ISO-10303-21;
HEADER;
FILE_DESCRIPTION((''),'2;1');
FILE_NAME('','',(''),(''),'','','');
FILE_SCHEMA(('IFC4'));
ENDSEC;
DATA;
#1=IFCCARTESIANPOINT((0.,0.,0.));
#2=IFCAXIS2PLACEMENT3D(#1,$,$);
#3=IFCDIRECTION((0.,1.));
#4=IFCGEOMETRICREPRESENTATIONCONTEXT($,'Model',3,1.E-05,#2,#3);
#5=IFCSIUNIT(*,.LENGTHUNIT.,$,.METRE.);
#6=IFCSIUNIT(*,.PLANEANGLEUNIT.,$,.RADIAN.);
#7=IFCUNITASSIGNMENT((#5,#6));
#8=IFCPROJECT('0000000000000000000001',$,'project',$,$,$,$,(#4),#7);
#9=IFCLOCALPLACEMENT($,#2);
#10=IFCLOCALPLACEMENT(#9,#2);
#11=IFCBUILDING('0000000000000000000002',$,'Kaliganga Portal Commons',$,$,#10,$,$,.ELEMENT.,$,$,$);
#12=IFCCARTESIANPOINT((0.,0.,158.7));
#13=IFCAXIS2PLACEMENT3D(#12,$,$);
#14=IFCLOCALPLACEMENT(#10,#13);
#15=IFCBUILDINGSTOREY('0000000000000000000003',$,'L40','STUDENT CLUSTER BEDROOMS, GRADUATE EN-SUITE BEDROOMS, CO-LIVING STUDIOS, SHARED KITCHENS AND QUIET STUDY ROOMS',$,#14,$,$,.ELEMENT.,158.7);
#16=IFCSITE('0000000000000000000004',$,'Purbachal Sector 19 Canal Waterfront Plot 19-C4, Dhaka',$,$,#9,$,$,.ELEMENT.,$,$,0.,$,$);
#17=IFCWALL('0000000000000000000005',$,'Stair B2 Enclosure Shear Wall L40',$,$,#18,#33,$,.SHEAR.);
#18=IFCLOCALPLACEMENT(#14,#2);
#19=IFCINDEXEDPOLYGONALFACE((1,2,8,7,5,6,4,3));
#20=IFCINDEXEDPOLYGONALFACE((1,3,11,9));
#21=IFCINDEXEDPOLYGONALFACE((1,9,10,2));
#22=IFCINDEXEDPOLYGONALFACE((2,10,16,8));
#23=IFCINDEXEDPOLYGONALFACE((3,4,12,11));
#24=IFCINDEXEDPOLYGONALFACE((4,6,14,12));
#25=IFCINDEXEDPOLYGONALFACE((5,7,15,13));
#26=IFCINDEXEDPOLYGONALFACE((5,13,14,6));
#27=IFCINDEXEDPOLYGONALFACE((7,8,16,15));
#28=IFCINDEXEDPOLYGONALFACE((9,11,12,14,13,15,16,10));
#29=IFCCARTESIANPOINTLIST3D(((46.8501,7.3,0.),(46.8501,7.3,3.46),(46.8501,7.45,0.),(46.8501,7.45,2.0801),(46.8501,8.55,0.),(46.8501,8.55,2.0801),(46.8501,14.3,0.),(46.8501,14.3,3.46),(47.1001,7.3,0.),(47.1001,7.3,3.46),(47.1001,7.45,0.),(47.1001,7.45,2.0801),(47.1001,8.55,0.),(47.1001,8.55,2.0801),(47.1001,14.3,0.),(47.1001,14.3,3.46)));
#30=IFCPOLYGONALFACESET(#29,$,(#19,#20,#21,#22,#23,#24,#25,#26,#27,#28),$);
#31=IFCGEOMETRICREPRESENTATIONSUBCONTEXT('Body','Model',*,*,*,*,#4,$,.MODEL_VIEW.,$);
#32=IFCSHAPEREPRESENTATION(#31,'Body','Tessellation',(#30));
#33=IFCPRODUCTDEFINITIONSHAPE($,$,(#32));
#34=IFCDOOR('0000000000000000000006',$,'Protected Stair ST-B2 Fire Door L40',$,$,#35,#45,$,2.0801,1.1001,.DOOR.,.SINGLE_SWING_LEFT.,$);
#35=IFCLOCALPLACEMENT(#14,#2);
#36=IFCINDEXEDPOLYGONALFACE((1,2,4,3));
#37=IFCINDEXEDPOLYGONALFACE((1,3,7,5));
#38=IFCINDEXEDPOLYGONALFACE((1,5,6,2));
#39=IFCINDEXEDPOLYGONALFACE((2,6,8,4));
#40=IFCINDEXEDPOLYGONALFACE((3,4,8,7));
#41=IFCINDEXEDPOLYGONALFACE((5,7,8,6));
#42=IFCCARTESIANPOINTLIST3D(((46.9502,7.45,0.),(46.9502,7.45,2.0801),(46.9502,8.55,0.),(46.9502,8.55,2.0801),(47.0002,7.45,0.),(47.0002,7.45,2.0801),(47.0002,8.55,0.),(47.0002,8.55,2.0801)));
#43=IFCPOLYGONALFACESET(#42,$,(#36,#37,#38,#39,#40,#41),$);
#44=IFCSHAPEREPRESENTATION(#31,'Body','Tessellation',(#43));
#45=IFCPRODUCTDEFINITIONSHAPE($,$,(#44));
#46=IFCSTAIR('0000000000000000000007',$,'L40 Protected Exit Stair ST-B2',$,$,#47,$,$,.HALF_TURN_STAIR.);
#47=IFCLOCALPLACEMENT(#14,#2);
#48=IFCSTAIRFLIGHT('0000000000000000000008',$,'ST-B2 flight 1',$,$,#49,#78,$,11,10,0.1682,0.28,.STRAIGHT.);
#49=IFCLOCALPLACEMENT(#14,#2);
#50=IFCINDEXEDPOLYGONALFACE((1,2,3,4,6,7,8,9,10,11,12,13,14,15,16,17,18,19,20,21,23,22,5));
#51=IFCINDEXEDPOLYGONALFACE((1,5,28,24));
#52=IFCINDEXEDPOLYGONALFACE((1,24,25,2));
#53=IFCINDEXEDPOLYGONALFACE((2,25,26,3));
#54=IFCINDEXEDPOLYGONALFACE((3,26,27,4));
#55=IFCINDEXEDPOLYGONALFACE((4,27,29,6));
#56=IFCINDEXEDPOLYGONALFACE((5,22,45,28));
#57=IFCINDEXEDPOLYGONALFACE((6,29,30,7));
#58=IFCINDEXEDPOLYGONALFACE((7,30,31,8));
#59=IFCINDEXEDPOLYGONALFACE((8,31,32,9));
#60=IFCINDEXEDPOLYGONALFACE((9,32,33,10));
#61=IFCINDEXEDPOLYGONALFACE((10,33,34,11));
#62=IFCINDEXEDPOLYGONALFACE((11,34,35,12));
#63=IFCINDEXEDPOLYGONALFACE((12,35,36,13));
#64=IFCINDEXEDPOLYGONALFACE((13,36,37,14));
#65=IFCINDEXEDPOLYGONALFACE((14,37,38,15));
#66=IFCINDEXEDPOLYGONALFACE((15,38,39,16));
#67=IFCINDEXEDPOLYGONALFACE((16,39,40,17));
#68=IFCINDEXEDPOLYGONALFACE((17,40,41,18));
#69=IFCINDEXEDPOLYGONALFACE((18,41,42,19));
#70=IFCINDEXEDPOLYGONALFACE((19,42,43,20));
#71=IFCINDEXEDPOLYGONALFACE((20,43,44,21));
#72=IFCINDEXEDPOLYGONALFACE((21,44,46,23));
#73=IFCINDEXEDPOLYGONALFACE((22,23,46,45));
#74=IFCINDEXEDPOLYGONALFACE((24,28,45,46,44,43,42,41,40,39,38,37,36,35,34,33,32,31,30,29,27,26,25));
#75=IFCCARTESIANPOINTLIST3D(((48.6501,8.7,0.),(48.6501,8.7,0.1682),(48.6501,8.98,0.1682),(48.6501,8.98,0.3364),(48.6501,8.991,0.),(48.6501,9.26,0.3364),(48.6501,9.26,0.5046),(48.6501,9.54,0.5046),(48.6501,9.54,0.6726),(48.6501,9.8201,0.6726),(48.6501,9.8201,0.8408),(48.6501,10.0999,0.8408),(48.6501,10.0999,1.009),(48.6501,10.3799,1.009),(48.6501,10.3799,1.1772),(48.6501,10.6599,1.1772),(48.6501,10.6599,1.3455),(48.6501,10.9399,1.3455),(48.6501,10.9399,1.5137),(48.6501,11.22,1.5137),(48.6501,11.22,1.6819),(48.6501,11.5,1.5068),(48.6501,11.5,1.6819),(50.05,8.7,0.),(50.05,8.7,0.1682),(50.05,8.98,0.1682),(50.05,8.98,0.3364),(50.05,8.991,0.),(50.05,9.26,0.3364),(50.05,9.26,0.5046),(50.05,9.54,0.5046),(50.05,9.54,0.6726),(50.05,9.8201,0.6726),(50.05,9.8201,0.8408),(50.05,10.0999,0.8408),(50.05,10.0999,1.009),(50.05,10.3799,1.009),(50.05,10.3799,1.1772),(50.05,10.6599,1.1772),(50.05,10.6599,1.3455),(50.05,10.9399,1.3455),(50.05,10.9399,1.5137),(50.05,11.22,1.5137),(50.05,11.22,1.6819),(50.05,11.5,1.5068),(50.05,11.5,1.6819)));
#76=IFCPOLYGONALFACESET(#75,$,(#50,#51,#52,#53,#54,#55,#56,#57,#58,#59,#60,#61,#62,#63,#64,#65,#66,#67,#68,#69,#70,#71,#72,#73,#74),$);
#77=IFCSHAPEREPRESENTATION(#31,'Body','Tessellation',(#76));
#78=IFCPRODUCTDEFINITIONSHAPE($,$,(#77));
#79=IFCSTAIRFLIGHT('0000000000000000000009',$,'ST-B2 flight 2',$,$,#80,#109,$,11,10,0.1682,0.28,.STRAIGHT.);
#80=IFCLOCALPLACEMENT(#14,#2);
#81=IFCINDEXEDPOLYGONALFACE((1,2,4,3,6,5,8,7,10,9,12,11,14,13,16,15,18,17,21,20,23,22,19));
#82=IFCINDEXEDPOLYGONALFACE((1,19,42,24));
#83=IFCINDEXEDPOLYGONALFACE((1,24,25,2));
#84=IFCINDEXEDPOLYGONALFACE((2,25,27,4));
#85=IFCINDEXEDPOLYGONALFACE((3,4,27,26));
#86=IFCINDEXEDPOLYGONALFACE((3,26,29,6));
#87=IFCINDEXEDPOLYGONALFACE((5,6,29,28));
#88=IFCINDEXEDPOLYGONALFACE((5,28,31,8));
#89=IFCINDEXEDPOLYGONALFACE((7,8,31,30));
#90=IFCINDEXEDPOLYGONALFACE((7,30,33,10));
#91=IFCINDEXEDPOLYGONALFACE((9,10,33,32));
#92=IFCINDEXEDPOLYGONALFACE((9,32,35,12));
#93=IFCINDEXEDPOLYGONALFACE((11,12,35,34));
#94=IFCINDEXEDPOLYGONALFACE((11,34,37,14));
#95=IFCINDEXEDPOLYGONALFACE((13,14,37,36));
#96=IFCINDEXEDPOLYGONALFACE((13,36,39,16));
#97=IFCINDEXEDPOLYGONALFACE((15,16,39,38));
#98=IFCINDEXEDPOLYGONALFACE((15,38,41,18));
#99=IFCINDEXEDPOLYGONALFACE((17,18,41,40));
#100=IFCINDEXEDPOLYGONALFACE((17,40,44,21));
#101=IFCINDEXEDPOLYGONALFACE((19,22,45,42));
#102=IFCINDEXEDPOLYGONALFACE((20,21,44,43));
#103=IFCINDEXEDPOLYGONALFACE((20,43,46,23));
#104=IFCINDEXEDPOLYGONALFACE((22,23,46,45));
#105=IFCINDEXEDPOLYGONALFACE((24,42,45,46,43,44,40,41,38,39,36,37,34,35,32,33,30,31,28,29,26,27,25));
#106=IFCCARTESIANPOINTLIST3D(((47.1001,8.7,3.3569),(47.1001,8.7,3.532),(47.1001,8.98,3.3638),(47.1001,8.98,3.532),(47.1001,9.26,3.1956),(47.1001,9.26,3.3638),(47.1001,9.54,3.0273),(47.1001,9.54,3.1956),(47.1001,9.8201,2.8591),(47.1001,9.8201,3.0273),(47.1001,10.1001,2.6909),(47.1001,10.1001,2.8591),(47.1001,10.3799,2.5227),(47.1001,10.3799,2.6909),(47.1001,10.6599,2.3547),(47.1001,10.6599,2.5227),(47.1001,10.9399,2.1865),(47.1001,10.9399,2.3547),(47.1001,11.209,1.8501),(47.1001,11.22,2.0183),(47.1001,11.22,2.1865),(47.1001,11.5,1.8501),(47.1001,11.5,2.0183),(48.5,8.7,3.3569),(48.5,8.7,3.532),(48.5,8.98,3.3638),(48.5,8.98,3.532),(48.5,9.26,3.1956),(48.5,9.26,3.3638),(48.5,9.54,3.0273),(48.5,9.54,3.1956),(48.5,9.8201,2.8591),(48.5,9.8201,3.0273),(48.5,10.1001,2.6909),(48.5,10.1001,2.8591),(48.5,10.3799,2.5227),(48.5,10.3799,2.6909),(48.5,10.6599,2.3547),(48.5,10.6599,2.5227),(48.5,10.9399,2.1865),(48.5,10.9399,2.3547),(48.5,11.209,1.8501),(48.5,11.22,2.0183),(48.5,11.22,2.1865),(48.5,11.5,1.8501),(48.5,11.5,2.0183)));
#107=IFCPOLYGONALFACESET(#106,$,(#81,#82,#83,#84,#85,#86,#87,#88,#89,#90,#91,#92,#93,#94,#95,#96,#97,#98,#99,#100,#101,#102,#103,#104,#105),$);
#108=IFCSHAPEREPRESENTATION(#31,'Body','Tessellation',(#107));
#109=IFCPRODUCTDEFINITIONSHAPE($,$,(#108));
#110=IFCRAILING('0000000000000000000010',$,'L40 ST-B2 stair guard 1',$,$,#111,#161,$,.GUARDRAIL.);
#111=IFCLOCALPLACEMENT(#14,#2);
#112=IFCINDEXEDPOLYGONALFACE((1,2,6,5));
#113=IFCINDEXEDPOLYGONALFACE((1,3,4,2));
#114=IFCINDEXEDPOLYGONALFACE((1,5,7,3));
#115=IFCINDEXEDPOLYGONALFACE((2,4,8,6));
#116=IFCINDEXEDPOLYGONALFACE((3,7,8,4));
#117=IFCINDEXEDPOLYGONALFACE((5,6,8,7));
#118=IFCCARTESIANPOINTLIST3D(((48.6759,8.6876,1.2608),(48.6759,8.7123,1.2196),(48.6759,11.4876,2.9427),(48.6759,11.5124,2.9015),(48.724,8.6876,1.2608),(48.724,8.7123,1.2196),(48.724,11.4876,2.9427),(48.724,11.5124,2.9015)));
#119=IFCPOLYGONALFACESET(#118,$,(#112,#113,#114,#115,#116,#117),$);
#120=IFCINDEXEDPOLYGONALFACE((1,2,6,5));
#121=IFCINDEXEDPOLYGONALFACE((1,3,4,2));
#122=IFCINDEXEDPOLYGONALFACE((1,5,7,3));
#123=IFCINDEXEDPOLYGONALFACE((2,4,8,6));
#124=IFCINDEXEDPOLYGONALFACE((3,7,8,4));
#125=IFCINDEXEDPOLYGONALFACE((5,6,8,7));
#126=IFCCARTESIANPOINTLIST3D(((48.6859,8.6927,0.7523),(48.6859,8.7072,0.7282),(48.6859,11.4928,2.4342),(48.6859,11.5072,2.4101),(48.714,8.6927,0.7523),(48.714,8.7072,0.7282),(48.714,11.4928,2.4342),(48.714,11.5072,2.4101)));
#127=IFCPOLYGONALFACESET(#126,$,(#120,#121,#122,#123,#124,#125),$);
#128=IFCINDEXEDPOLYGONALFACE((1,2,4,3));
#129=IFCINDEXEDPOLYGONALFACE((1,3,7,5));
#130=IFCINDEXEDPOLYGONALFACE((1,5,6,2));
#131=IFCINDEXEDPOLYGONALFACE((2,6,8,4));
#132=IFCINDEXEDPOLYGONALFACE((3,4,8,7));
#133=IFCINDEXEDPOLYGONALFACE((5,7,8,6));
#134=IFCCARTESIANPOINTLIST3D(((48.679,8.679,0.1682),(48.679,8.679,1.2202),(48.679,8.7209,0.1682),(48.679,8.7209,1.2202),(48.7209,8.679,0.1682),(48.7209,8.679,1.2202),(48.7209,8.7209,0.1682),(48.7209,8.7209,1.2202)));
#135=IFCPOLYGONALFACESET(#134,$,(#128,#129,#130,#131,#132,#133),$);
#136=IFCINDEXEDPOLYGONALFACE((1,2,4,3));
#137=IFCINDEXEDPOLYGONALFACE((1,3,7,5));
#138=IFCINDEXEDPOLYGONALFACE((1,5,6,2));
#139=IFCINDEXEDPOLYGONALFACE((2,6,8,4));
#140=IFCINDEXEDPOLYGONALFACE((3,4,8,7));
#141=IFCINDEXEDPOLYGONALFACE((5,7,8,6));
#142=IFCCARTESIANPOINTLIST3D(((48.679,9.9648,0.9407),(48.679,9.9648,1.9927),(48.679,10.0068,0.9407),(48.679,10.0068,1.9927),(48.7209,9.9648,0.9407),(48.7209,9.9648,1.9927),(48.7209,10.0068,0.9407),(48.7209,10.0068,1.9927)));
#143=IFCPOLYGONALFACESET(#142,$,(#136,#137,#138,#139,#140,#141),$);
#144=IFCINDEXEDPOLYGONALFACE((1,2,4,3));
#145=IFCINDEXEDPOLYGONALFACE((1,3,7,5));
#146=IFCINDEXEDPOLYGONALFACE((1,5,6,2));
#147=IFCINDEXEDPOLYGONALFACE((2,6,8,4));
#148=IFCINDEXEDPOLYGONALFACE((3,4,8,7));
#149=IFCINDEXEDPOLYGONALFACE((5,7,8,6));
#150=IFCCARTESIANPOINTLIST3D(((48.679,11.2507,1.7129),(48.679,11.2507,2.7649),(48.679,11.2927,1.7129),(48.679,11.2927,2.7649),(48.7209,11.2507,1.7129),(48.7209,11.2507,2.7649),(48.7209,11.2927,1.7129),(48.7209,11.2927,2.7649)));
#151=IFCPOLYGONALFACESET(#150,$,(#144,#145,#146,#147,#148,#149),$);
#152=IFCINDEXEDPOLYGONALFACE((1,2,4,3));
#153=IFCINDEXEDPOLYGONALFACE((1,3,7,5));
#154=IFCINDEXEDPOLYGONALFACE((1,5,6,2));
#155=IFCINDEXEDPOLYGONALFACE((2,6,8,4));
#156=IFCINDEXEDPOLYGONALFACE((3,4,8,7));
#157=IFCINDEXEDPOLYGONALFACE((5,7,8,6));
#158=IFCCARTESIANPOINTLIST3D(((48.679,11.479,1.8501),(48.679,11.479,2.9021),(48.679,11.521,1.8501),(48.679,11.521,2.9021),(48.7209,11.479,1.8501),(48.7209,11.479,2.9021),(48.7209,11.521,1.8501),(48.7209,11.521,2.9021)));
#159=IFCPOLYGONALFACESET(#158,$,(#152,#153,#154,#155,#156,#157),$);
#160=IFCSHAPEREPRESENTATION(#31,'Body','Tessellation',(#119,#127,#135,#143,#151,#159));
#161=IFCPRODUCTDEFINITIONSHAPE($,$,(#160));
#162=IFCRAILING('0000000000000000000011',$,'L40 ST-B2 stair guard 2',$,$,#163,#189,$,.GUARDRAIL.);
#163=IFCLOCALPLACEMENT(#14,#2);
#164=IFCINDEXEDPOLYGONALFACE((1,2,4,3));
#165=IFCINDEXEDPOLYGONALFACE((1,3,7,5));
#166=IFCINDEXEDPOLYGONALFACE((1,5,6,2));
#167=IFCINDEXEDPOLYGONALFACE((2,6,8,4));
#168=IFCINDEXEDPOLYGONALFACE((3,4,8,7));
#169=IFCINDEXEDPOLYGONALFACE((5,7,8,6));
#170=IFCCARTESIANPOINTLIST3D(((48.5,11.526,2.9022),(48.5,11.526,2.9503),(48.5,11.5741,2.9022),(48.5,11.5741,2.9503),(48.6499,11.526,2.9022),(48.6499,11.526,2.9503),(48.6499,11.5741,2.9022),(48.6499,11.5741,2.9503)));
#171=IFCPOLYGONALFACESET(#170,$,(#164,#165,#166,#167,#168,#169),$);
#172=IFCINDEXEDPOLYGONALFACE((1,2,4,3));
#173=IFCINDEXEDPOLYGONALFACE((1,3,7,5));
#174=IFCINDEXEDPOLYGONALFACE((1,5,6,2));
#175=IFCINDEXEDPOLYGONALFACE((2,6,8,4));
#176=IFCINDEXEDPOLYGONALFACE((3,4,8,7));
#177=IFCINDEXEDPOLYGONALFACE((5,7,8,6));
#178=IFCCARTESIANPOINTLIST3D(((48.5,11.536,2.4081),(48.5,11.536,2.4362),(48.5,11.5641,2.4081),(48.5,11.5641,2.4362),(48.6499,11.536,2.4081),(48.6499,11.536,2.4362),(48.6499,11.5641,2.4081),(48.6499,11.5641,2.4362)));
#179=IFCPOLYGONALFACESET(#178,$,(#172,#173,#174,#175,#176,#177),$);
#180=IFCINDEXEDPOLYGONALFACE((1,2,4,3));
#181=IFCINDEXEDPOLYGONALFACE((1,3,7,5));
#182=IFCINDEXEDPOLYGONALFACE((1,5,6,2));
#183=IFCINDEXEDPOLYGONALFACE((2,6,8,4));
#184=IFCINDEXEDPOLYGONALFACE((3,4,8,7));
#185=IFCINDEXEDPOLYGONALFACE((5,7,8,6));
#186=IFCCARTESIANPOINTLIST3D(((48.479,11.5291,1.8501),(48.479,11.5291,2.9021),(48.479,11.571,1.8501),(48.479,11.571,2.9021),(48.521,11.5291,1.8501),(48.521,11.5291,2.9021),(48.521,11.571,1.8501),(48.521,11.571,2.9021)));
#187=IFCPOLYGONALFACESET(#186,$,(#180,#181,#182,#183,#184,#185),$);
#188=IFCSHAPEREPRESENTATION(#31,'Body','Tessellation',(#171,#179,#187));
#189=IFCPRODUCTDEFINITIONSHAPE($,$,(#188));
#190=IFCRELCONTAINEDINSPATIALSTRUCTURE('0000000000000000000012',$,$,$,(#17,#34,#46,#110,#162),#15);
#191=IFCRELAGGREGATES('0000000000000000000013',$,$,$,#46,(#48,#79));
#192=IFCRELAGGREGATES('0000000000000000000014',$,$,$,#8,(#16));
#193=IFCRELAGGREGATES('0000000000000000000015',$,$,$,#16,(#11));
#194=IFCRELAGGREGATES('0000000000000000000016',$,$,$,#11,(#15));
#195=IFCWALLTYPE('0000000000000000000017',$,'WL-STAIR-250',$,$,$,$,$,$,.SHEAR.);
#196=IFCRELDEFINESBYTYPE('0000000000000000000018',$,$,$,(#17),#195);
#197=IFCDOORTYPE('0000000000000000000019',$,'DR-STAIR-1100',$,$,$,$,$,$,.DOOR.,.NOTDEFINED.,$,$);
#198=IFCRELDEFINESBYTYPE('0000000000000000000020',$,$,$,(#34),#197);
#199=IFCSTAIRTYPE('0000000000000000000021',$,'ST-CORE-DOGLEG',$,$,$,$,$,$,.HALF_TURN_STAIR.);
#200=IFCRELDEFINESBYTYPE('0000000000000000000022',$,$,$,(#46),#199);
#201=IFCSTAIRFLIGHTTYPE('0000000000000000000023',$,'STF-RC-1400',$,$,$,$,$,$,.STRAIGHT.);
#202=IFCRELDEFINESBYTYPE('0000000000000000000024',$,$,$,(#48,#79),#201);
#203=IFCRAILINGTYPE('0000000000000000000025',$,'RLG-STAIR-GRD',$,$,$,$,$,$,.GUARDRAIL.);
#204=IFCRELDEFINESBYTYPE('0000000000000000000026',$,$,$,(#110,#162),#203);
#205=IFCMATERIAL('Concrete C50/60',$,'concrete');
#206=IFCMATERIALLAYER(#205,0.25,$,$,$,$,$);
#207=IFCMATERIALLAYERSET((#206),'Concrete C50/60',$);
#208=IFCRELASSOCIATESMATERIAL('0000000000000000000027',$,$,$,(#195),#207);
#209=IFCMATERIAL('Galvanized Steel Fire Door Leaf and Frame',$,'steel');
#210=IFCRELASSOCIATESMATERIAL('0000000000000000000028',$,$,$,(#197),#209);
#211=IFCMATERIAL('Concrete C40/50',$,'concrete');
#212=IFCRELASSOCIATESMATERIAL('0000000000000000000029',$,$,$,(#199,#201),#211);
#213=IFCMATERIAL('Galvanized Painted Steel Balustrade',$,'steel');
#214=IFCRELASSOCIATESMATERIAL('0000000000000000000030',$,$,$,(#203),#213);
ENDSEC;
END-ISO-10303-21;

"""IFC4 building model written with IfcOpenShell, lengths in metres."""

from ifc_helpers import new_model, si_unit, direction, frame, frame_2d, origin, origin_2d, place, context, subcontext, project, spatial, polyline, rectangle, outline, extrude, material, layer, layer_set, type_object, element, fill, aggregate, save


model = new_model("IFC4")

# Units and contexts
model_context = context("Model", 3, precision=1e-05, world=origin(), true_north=direction((0.0, 1.0)))
body_context = subcontext(model_context, "Body", "Model", "MODEL_VIEW")
ifc_project = project(units=[si_unit("LENGTHUNIT", "METRE"), si_unit("PLANEANGLEUNIT", "RADIAN")], contexts=[model_context])

# Site, building, storey
site_placement = place(None, origin())
site = spatial("IfcSite", under=ifc_project, at=site_placement, Name="Purbachal Sector 19 Canal Waterfront Plot 19-C4, Dhaka", CompositionType="ELEMENT", RefElevation=0.0)
building_placement = place(site_placement, origin())
building = spatial("IfcBuilding", under=site, at=building_placement, Name="Kaliganga Portal Commons", CompositionType="ELEMENT")
storey_placement = place(building_placement, frame((0.0, 0.0, 158.7)))
storey = spatial("IfcBuildingStorey", under=building, at=storey_placement, Name="L40", Description="STUDENT CLUSTER BEDROOMS, GRADUATE EN-SUITE BEDROOMS, CO-LIVING STUDIOS, SHARED KITCHENS AND QUIET STUDY ROOMS", CompositionType="ELEMENT", Elevation=158.7)

# Wall, opening, door
ifc_material_1 = material(Name="Concrete C50/60", Category="concrete")
ifc_layer_1 = layer(ifc_material_1, 0.25)
ifc_layer_set_1 = layer_set([ifc_layer_1], Name="Concrete C50/60")
wall_type_1 = type_object("IfcWallType", Name="WL-STAIR-250", PredefinedType="SHEAR", material=ifc_layer_set_1)
wall_1_placement = place(storey_placement, frame((46.9751, 7.3, 0.0), z_axis=(0.0, 0.0, 1.0), x_axis=(0.0, 1.0, 0.0)))
wall_1 = element("IfcWall", 1, at=wall_1_placement, inside=storey, type_object=wall_type_1, Name="Stair B2 Enclosure Shear Wall L40", PredefinedType="SHEAR", context=body_context, shape_type="SweptSolid", body=[
    extrude(rectangle(XDim=7.0, YDim=0.25, at=frame_2d((3.5, 0.0))), origin(), (0.0, 0.0, 1.0), 3.46),
])
opening_1_placement = place(wall_1_placement, frame((0.1499, 0.0, 0.0)))
opening_1 = element("IfcOpeningElement", 2, at=opening_1_placement, cuts=wall_1, PredefinedType="OPENING", context=body_context, shape_type="SweptSolid", body=[
    extrude(rectangle(XDim=1.1001, YDim=2.0801, at=frame_2d((0.55, 1.04))), frame((0.0, 0.135, 0.0), z_axis=(0.0, -1.0, 0.0), x_axis=(1.0, 0.0, 0.0)), (0.0, 0.0, 1.0), 0.27),
])
ifc_material_2 = material(Name="Galvanized Steel Fire Door Leaf and Frame", Category="steel")
door_type_1 = type_object("IfcDoorType", Name="DR-STAIR-1100", OperationType="NOTDEFINED", PredefinedType="DOOR", material=ifc_material_2)
door_1_placement = place(opening_1_placement, origin())
door_1 = element("IfcDoor", 3, at=door_1_placement, inside=storey, type_object=door_type_1, Name="Protected Stair ST-B2 Fire Door L40", OperationType="SINGLE_SWING_LEFT", OverallHeight=2.0801, OverallWidth=1.1001, PredefinedType="DOOR", context=body_context, shape_type="SweptSolid", body=[
    extrude(rectangle(XDim=1.1001, YDim=2.0801, at=frame_2d((0.55, 1.04))), frame((0.0, 0.0249, 0.0), z_axis=(0.0, -1.0, 0.0), x_axis=(1.0, 0.0, 0.0)), (0.0, 0.0, 1.0), 0.05),
])
fill(opening_1, door_1)

# Stair, stair flights
ifc_material_3 = material(Name="Concrete C40/50", Category="concrete")
stair_type = type_object("IfcStairType", Name="ST-CORE-DOGLEG", PredefinedType="HALF_TURN_STAIR", material=ifc_material_3)
stair_placement = place(storey_placement, origin())
stair = element("IfcStair", 4, at=stair_placement, inside=storey, type_object=stair_type, Name="L40 Protected Exit Stair ST-B2", PredefinedType="HALF_TURN_STAIR")
stair_flight_type = type_object("IfcStairFlightType", Name="STF-RC-1400", PredefinedType="STRAIGHT", material=ifc_material_3)
stair_flight_1_placement = place(storey_placement, frame((49.3501, 8.7, 0.0), z_axis=(0.0, 0.0, 1.0), x_axis=(0.0, 1.0, 0.0)))
stair_flight_1 = element("IfcStairFlight", 5, at=stair_flight_1_placement, type_object=stair_flight_type, Name="ST-B2 flight 1", NumberOfRisers=11, NumberOfTreads=10, PredefinedType="STRAIGHT", RiserHeight=0.1682, TreadLength=0.28, context=body_context, shape_type="SweptSolid", body=[
    extrude(outline(polyline([(0.0, 0.0), (0.0, 0.1682), (0.28, 0.1682), (0.28, 0.3364), (0.5601, 0.3364), (0.5601, 0.5046), (0.8401, 0.5046), (0.8401, 0.6726), (1.1201, 0.6726), (1.1201, 0.8408), (1.3999, 0.8408), (1.3999, 1.009), (1.6799, 1.009), (1.6799, 1.1772), (1.96, 1.1772), (1.96, 1.3455), (2.24, 1.3455), (2.24, 1.5137), (2.52, 1.5137), (2.52, 1.6819), (2.8, 1.6819), (2.8, 1.8501), (2.8, 1.5068), (0.291, 0.0), (0.0, 0.0)])), frame((0.0, 0.7, 0.0), z_axis=(0.0, -1.0, 0.0), x_axis=(1.0, 0.0, 0.0)), (0.0, 0.0, 1.0), 1.3999),
])
stair_flight_2_placement = place(storey_placement, frame((47.8, 11.5, 1.8501), z_axis=(0.0, 0.0, 1.0), x_axis=(0.0, -1.0, 0.0)))
stair_flight_2 = element("IfcStairFlight", 6, at=stair_flight_2_placement, type_object=stair_flight_type, Name="ST-B2 flight 2", NumberOfRisers=11, NumberOfTreads=10, PredefinedType="STRAIGHT", RiserHeight=0.1682, TreadLength=0.28, context=body_context, shape_type="SweptSolid", body=[
    extrude(outline(polyline([(0.0, 0.0), (0.0, 0.1682), (0.28, 0.1682), (0.28, 0.3364), (0.5601, 0.3364), (0.5601, 0.5046), (0.8401, 0.5046), (0.8401, 0.6726), (1.1201, 0.6726), (1.1201, 0.8408), (1.3999, 0.8408), (1.3999, 1.009), (1.6799, 1.009), (1.6799, 1.1772), (1.96, 1.1772), (1.96, 1.3455), (2.24, 1.3455), (2.24, 1.5137), (2.52, 1.5137), (2.52, 1.6819), (2.8, 1.6819), (2.8, 1.8501), (2.8, 1.5068), (0.291, 0.0), (0.0, 0.0)])), frame((0.0, 0.7, 0.0), z_axis=(0.0, -1.0, 0.0), x_axis=(1.0, 0.0, 0.0)), (0.0, 0.0, 1.0), 1.3999),
])
aggregate(stair, [stair_flight_1, stair_flight_2])

# Railings
ifc_material_4 = material(Name="Galvanized Painted Steel Balustrade", Category="steel")
railing_type_1 = type_object("IfcRailingType", Name="RLG-STAIR-GRD", PredefinedType="GUARDRAIL", material=ifc_material_4)
railing_1_placement = place(storey_placement, frame((48.7, 8.7, 0.1682)))
element("IfcRailing", 7, at=railing_1_placement, inside=storey, type_object=railing_type_1, Name="L40 ST-B2 stair guard 1", PredefinedType="GUARDRAIL", context=body_context, shape_type="SweptSolid", body=[
    extrude(rectangle(XDim=0.0481, YDim=0.0481, at=origin_2d()), frame((0.0, 0.0, 1.072), z_axis=(0.0, 0.857242, 0.514913), x_axis=(-1.0, 0.0, 0.0)), (0.0, 0.0, 1.0), 3.2664),
    extrude(rectangle(XDim=0.0281, YDim=0.0281, at=origin_2d()), frame((0.0, 0.0, 0.572), z_axis=(0.0, 0.857242, 0.514913), x_axis=(-1.0, 0.0, 0.0)), (0.0, 0.0, 1.0), 3.2664),
    extrude(rectangle(XDim=0.042, YDim=0.042, at=origin_2d()), origin(), (0.0, 0.0, 1.0), 1.052),
    extrude(rectangle(XDim=0.042, YDim=0.042, at=origin_2d()), frame((0.0, 1.2859, 0.7725)), (0.0, 0.0, 1.0), 1.052),
    extrude(rectangle(XDim=0.042, YDim=0.042, at=origin_2d()), frame((0.0, 2.5718, 1.5447)), (0.0, 0.0, 1.0), 1.052),
    extrude(rectangle(XDim=0.042, YDim=0.042, at=origin_2d()), frame((0.0, 2.8, 1.6819)), (0.0, 0.0, 1.0), 1.052),
])
railing_2_placement = place(storey_placement, frame((48.6499, 11.55, 1.8501)))
element("IfcRailing", 8, at=railing_2_placement, inside=storey, type_object=railing_type_1, Name="L40 ST-B2 stair guard 2", PredefinedType="GUARDRAIL", context=body_context, shape_type="SweptSolid", body=[
    extrude(rectangle(XDim=0.0481, YDim=0.0481, at=origin_2d()), frame((0.0, 0.0, 1.0762), z_axis=(-1.0, 0.0, 0.0), x_axis=(0.0, -1.0, 0.0)), (0.0, 0.0, 1.0), 0.1499),
    extrude(rectangle(XDim=0.0281, YDim=0.0281, at=origin_2d()), frame((0.0, 0.0, 0.572), z_axis=(-1.0, 0.0, 0.0), x_axis=(0.0, -1.0, 0.0)), (0.0, 0.0, 1.0), 0.1499),
    extrude(rectangle(XDim=0.042, YDim=0.042, at=origin_2d()), frame((-0.1499, 0.0, 0.0)), (0.0, 0.0, 1.0), 1.052),
])

save(model, "model.ifc")
